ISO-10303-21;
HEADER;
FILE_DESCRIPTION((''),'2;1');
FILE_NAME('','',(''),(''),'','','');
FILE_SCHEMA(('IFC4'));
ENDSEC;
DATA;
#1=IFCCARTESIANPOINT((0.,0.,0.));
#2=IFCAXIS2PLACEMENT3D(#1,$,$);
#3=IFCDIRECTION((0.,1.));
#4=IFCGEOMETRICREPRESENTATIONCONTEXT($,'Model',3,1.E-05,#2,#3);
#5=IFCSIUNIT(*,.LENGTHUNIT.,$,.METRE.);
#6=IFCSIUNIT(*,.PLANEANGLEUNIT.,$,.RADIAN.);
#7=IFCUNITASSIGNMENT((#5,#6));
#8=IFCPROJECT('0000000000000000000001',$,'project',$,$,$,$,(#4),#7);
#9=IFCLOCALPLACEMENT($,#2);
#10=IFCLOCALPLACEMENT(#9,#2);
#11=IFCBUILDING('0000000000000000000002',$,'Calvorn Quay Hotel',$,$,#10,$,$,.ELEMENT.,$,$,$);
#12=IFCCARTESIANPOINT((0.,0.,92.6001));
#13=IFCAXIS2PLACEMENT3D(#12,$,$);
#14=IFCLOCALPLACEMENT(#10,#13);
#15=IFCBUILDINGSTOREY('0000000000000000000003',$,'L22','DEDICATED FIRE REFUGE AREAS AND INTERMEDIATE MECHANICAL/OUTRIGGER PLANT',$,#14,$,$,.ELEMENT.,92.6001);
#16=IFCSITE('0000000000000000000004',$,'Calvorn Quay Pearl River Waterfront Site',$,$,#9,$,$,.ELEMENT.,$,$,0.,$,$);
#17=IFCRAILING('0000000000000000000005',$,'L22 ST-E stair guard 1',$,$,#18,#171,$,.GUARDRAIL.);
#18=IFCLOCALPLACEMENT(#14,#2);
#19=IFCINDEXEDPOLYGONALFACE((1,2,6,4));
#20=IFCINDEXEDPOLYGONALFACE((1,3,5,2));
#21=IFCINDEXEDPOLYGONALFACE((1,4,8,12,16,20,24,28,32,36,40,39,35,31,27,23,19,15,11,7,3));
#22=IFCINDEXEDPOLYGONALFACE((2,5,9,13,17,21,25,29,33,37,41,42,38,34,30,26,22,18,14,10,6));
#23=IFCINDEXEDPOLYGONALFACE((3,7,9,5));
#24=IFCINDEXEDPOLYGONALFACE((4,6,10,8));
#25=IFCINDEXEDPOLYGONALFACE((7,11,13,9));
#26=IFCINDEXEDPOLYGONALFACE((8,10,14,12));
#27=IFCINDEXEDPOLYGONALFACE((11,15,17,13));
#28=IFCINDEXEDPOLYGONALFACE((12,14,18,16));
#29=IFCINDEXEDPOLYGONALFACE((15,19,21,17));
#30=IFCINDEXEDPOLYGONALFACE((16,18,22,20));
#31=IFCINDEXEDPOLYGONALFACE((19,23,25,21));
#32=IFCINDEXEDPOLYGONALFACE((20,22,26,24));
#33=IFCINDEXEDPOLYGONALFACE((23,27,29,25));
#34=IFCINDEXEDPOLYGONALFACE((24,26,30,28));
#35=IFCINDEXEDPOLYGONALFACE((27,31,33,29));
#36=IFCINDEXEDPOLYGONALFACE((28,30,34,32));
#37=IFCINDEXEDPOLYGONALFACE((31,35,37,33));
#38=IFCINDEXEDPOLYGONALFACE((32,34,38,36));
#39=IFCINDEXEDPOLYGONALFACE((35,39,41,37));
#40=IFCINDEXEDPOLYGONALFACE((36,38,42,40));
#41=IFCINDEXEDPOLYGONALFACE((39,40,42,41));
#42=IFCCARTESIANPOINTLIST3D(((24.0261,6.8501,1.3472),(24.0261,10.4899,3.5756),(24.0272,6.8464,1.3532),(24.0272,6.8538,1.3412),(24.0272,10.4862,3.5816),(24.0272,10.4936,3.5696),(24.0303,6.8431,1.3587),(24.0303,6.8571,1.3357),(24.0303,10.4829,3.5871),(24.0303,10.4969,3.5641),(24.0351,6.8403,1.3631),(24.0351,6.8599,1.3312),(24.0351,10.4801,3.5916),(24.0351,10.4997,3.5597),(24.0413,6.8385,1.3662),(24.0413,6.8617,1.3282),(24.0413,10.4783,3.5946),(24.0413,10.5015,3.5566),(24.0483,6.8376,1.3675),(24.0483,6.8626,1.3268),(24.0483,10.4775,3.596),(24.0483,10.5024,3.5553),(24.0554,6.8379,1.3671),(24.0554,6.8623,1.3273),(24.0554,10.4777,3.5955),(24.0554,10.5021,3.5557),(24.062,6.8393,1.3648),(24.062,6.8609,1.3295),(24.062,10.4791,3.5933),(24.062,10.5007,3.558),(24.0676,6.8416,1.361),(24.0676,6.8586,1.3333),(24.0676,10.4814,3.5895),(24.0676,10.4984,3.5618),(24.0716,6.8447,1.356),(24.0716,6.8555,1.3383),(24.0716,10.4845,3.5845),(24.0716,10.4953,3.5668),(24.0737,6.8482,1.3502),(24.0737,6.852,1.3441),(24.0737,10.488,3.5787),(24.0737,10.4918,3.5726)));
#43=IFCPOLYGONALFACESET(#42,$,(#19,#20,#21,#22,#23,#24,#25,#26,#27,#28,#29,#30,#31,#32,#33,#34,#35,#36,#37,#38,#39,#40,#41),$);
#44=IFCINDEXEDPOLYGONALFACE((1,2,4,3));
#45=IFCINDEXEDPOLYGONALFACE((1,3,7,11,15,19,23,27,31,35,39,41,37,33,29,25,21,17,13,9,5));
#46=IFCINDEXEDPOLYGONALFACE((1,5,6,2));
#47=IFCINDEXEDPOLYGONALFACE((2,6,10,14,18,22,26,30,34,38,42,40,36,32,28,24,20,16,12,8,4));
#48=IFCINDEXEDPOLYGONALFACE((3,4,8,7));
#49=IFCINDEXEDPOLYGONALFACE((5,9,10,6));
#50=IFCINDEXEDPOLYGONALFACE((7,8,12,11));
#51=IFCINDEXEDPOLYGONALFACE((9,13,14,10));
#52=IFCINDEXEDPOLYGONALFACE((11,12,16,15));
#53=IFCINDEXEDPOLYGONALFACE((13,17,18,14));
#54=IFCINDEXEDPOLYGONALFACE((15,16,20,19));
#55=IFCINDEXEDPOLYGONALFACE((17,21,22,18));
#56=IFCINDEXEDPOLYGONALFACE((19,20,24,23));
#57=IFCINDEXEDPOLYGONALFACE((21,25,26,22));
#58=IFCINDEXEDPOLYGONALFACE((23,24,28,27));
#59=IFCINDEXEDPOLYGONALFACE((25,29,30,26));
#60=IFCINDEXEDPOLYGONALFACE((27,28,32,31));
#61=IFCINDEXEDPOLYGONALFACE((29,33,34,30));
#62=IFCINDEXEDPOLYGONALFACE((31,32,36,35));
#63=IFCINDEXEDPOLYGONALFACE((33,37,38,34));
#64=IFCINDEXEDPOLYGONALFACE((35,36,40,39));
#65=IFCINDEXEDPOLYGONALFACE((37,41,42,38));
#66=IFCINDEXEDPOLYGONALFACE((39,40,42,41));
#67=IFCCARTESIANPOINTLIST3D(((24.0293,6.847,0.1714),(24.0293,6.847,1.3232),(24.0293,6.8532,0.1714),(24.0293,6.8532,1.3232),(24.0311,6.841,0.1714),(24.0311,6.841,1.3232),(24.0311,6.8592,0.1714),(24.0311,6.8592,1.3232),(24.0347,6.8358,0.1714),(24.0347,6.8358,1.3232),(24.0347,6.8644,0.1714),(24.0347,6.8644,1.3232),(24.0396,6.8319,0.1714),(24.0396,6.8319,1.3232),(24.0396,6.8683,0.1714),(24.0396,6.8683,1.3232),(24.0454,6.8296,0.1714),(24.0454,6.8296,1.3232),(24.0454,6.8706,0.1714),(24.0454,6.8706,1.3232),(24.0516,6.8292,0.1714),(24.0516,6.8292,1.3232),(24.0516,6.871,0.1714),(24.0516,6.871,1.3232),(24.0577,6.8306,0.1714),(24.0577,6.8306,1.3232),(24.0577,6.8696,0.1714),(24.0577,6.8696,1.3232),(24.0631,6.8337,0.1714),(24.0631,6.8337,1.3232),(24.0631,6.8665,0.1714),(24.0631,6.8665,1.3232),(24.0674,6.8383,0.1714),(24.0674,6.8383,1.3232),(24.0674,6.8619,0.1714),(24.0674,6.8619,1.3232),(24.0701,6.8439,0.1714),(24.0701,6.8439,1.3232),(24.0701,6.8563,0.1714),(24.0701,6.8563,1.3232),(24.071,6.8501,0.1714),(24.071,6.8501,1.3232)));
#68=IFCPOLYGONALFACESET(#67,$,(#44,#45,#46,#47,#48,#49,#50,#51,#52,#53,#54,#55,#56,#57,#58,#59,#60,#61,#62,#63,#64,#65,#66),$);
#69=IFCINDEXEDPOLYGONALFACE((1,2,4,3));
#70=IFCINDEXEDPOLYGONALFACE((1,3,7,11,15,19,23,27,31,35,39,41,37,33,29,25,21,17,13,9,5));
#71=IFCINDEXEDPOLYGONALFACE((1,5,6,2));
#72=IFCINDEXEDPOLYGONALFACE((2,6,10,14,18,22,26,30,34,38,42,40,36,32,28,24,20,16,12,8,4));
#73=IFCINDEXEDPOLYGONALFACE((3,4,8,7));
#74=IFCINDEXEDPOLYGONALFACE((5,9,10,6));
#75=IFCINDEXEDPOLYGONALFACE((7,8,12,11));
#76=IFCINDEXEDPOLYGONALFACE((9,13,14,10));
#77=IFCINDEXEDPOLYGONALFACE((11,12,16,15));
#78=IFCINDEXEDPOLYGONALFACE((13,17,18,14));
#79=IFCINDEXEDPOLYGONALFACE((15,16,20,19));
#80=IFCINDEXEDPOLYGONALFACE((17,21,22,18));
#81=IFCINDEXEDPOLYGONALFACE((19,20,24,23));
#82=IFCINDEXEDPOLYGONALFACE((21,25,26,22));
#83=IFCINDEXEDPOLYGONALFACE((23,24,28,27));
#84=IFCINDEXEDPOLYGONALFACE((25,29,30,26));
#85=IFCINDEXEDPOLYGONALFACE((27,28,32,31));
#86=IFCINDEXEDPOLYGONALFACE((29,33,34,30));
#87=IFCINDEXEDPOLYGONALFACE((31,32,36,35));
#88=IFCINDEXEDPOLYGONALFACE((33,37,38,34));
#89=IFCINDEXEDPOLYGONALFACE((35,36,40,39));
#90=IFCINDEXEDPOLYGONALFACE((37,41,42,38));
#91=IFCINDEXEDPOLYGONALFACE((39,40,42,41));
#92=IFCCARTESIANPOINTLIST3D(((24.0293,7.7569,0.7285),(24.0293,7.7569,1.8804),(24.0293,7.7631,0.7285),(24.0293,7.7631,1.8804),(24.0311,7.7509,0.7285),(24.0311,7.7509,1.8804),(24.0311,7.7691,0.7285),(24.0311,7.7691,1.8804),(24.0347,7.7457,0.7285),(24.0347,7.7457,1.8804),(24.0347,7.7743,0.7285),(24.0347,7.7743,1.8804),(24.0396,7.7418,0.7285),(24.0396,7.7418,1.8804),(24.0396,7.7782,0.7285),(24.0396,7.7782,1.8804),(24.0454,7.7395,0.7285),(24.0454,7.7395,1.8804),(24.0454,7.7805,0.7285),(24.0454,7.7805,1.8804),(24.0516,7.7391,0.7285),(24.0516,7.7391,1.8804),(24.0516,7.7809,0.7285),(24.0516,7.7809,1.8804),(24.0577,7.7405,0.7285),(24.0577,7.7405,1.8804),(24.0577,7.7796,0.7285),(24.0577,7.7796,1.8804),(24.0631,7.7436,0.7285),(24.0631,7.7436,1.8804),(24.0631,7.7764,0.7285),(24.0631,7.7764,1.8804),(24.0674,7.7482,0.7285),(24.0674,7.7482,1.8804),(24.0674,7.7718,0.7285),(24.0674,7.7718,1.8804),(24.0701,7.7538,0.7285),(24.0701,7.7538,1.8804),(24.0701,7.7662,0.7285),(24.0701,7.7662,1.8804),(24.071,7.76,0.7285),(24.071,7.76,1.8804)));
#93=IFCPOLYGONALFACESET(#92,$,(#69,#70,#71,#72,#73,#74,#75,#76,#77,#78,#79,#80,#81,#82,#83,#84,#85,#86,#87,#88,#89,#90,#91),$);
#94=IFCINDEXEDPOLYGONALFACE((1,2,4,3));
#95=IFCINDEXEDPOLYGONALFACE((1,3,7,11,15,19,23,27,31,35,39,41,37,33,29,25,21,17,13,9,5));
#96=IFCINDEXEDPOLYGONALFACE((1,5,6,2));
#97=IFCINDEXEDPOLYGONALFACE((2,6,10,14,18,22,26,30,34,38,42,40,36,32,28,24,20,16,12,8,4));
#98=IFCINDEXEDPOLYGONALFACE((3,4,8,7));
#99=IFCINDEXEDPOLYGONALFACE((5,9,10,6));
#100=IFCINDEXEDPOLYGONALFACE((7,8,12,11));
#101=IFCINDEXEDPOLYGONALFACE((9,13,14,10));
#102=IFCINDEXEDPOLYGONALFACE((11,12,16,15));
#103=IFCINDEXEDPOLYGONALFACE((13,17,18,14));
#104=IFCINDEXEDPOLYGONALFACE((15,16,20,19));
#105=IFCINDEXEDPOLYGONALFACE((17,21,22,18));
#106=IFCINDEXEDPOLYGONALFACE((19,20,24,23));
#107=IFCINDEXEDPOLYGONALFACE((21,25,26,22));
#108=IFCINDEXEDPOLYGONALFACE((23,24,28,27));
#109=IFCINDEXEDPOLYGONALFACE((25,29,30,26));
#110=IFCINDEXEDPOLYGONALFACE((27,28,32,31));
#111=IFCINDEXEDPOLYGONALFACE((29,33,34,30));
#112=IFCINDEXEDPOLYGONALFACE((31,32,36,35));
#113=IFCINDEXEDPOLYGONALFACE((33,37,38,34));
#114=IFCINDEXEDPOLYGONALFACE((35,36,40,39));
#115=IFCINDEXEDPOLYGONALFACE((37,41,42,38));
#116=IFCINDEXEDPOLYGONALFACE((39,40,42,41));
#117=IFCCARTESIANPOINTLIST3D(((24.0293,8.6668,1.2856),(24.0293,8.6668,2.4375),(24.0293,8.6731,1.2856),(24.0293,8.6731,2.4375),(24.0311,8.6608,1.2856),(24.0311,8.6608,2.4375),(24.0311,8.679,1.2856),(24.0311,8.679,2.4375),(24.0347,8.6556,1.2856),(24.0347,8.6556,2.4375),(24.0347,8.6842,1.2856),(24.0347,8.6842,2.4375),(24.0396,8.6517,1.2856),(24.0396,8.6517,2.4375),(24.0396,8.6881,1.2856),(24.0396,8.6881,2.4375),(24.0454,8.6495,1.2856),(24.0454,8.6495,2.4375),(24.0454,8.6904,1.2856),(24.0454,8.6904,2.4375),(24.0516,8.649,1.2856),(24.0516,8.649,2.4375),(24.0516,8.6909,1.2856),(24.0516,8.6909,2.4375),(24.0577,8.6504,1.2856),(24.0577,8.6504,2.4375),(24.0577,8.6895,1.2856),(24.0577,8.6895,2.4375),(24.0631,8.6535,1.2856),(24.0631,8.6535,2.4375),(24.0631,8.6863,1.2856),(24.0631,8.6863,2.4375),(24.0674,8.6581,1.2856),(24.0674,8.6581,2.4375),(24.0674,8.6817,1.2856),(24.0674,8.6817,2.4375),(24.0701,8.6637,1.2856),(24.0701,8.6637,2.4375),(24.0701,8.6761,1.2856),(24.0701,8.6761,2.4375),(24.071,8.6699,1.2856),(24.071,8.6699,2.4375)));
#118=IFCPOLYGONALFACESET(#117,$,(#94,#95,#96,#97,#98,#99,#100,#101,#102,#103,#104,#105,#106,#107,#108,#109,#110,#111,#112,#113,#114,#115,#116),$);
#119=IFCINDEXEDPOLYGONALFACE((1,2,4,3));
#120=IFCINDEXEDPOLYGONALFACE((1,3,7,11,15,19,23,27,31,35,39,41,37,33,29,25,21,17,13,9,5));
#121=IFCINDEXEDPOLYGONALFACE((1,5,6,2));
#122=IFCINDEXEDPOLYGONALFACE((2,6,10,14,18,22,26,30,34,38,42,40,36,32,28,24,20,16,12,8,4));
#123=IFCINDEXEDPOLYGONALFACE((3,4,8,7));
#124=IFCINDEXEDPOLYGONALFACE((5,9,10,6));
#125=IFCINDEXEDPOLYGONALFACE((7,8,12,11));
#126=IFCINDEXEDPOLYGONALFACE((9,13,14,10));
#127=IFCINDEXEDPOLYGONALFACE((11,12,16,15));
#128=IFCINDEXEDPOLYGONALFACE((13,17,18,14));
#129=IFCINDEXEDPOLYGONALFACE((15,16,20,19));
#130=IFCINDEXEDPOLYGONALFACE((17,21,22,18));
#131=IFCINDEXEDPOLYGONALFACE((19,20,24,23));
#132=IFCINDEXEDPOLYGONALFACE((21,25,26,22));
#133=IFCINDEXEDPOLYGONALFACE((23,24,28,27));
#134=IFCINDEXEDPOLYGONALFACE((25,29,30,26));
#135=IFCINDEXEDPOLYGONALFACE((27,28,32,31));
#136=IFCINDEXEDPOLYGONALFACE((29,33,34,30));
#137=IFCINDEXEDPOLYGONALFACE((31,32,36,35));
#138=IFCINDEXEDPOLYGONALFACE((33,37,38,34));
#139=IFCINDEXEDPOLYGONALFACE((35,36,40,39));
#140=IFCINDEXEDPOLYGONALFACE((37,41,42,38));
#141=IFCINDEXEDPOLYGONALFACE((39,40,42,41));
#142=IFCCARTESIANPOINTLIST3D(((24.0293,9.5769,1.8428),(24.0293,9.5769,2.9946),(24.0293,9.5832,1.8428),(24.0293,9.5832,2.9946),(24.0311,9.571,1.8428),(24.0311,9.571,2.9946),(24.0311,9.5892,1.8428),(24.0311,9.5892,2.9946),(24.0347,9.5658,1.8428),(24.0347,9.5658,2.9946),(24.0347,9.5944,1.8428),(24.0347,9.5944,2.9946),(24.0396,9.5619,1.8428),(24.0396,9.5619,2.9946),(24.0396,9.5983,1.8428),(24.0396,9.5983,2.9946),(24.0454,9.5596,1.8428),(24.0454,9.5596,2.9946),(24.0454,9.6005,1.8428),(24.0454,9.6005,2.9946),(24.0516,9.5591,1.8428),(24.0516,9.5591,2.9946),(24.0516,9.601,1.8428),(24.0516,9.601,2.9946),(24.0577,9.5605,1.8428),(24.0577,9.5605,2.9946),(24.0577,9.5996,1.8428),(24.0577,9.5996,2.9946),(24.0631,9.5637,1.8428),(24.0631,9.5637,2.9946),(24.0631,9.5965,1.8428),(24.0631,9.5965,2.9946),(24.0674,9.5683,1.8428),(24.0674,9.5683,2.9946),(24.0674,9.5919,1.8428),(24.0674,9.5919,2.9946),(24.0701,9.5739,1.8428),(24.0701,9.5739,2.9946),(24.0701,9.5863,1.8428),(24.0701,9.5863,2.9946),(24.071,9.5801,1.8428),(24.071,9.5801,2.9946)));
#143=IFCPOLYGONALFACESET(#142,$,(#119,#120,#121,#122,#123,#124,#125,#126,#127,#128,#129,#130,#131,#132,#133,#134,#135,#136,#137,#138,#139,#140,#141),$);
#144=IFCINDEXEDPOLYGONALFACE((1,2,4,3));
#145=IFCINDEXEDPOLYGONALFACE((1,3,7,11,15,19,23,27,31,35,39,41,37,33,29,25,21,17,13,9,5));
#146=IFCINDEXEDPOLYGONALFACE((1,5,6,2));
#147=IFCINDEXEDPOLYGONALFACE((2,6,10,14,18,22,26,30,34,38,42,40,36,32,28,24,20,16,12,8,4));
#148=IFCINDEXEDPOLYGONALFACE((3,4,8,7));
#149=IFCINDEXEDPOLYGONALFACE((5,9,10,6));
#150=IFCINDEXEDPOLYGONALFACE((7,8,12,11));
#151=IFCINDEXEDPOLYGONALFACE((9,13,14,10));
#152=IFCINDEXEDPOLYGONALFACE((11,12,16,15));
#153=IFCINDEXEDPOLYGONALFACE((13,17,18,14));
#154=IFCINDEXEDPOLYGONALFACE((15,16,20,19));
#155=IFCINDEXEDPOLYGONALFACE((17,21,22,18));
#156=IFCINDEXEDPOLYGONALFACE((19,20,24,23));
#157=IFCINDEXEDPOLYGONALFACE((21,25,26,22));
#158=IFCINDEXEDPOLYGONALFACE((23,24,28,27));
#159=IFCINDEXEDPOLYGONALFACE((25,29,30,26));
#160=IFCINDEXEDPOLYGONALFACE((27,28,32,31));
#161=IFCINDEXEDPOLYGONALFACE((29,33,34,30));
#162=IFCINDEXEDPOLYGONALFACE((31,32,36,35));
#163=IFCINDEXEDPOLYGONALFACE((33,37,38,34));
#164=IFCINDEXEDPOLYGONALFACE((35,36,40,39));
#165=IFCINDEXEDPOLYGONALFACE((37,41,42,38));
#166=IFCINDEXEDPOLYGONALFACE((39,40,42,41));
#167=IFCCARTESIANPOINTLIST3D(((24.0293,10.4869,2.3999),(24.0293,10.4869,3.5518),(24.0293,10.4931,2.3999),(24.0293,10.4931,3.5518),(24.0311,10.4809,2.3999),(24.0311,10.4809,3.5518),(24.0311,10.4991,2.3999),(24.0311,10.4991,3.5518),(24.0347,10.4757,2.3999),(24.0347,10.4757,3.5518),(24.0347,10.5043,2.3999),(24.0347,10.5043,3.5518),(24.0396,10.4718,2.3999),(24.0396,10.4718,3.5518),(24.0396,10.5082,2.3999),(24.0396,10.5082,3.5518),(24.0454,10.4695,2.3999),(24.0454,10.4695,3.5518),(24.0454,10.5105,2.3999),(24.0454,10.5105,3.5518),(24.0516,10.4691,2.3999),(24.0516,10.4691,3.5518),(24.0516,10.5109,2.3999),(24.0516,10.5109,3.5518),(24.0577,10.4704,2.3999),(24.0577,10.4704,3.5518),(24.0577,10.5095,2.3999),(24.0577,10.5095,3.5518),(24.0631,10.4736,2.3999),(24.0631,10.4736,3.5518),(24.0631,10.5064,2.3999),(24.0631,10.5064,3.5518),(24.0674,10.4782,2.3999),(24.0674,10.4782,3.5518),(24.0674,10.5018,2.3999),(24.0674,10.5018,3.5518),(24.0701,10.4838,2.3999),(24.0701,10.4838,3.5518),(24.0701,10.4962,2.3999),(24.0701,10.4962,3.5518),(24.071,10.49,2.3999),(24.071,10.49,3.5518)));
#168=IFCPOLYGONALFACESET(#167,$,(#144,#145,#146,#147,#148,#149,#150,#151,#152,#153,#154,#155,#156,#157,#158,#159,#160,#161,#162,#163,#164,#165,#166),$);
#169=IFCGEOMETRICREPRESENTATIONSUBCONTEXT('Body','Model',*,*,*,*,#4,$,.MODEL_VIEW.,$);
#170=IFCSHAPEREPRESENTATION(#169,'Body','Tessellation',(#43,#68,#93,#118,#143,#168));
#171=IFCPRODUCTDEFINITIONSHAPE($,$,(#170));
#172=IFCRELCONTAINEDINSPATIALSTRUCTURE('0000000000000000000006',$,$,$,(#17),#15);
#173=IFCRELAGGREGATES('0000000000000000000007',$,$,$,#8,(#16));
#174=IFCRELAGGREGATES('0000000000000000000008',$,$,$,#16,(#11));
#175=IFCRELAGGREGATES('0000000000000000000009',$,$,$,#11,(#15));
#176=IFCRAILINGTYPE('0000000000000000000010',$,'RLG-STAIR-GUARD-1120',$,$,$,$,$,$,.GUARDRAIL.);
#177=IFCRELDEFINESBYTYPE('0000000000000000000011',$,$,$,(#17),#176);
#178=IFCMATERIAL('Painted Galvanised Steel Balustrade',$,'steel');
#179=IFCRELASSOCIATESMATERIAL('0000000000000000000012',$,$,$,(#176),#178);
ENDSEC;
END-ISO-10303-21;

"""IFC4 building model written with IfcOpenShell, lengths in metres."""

from ifc_helpers import new_model, si_unit, direction, frame, origin, origin_2d, place, context, subcontext, project, spatial, circle, extrude, material, type_object, element, save


model = new_model("IFC4")

# Units and contexts
model_context = context("Model", 3, precision=1e-05, world=origin(), true_north=direction((0.0, 1.0)))
body_context = subcontext(model_context, "Body", "Model", "MODEL_VIEW")
ifc_project = project(units=[si_unit("LENGTHUNIT", "METRE"), si_unit("PLANEANGLEUNIT", "RADIAN")], contexts=[model_context])

# Site, building, storey
site_placement = place(None, origin())
site = spatial("IfcSite", under=ifc_project, at=site_placement, Name="Calvorn Quay Pearl River Waterfront Site", CompositionType="ELEMENT", RefElevation=0.0)
building_placement = place(site_placement, origin())
building = spatial("IfcBuilding", under=site, at=building_placement, Name="Calvorn Quay Hotel", CompositionType="ELEMENT")
storey_placement = place(building_placement, frame((0.0, 0.0, 92.6001)))
storey = spatial("IfcBuildingStorey", under=building, at=storey_placement, Name="L22", Description="DEDICATED FIRE REFUGE AREAS AND INTERMEDIATE MECHANICAL/OUTRIGGER PLANT", CompositionType="ELEMENT", Elevation=92.6001)

# Railing
ifc_material_1 = material(Name="Painted Galvanised Steel Balustrade", Category="steel")
railing_type_1 = type_object("IfcRailingType", Name="RLG-STAIR-GUARD-1120", PredefinedType="GUARDRAIL", material=ifc_material_1)
railing_1_placement = place(storey_placement, frame((24.05, 6.8501, 0.1714)))
element("IfcRailing", 1, at=railing_1_placement, inside=storey, type_object=railing_type_1, Name="L22 ST-E stair guard 1", PredefinedType="GUARDRAIL", context=body_context, shape_type="SweptSolid", body=[
    extrude(circle(Radius=0.0239, at=origin_2d()), frame((0.0, 0.0, 1.1758), z_axis=(0.0, 0.85285, 0.522156), x_axis=(-1.0, 0.0, 0.0)), (0.0, 0.0, 1.0), 4.2678),
    extrude(circle(Radius=0.021, at=origin_2d()), origin(), (0.0, 0.0, 1.0), 1.1519),
    extrude(circle(Radius=0.021, at=origin_2d()), frame((0.0, 0.9099, 0.5571)), (0.0, 0.0, 1.0), 1.1519),
    extrude(circle(Radius=0.021, at=origin_2d()), frame((0.0, 1.8198, 1.1143)), (0.0, 0.0, 1.0), 1.1519),
    extrude(circle(Radius=0.021, at=origin_2d()), frame((0.0, 2.73, 1.6714)), (0.0, 0.0, 1.0), 1.1519),
    extrude(circle(Radius=0.021, at=origin_2d()), frame((0.0, 3.6399, 2.2285)), (0.0, 0.0, 1.0), 1.1519),
])

save(model, "model.ifc")
